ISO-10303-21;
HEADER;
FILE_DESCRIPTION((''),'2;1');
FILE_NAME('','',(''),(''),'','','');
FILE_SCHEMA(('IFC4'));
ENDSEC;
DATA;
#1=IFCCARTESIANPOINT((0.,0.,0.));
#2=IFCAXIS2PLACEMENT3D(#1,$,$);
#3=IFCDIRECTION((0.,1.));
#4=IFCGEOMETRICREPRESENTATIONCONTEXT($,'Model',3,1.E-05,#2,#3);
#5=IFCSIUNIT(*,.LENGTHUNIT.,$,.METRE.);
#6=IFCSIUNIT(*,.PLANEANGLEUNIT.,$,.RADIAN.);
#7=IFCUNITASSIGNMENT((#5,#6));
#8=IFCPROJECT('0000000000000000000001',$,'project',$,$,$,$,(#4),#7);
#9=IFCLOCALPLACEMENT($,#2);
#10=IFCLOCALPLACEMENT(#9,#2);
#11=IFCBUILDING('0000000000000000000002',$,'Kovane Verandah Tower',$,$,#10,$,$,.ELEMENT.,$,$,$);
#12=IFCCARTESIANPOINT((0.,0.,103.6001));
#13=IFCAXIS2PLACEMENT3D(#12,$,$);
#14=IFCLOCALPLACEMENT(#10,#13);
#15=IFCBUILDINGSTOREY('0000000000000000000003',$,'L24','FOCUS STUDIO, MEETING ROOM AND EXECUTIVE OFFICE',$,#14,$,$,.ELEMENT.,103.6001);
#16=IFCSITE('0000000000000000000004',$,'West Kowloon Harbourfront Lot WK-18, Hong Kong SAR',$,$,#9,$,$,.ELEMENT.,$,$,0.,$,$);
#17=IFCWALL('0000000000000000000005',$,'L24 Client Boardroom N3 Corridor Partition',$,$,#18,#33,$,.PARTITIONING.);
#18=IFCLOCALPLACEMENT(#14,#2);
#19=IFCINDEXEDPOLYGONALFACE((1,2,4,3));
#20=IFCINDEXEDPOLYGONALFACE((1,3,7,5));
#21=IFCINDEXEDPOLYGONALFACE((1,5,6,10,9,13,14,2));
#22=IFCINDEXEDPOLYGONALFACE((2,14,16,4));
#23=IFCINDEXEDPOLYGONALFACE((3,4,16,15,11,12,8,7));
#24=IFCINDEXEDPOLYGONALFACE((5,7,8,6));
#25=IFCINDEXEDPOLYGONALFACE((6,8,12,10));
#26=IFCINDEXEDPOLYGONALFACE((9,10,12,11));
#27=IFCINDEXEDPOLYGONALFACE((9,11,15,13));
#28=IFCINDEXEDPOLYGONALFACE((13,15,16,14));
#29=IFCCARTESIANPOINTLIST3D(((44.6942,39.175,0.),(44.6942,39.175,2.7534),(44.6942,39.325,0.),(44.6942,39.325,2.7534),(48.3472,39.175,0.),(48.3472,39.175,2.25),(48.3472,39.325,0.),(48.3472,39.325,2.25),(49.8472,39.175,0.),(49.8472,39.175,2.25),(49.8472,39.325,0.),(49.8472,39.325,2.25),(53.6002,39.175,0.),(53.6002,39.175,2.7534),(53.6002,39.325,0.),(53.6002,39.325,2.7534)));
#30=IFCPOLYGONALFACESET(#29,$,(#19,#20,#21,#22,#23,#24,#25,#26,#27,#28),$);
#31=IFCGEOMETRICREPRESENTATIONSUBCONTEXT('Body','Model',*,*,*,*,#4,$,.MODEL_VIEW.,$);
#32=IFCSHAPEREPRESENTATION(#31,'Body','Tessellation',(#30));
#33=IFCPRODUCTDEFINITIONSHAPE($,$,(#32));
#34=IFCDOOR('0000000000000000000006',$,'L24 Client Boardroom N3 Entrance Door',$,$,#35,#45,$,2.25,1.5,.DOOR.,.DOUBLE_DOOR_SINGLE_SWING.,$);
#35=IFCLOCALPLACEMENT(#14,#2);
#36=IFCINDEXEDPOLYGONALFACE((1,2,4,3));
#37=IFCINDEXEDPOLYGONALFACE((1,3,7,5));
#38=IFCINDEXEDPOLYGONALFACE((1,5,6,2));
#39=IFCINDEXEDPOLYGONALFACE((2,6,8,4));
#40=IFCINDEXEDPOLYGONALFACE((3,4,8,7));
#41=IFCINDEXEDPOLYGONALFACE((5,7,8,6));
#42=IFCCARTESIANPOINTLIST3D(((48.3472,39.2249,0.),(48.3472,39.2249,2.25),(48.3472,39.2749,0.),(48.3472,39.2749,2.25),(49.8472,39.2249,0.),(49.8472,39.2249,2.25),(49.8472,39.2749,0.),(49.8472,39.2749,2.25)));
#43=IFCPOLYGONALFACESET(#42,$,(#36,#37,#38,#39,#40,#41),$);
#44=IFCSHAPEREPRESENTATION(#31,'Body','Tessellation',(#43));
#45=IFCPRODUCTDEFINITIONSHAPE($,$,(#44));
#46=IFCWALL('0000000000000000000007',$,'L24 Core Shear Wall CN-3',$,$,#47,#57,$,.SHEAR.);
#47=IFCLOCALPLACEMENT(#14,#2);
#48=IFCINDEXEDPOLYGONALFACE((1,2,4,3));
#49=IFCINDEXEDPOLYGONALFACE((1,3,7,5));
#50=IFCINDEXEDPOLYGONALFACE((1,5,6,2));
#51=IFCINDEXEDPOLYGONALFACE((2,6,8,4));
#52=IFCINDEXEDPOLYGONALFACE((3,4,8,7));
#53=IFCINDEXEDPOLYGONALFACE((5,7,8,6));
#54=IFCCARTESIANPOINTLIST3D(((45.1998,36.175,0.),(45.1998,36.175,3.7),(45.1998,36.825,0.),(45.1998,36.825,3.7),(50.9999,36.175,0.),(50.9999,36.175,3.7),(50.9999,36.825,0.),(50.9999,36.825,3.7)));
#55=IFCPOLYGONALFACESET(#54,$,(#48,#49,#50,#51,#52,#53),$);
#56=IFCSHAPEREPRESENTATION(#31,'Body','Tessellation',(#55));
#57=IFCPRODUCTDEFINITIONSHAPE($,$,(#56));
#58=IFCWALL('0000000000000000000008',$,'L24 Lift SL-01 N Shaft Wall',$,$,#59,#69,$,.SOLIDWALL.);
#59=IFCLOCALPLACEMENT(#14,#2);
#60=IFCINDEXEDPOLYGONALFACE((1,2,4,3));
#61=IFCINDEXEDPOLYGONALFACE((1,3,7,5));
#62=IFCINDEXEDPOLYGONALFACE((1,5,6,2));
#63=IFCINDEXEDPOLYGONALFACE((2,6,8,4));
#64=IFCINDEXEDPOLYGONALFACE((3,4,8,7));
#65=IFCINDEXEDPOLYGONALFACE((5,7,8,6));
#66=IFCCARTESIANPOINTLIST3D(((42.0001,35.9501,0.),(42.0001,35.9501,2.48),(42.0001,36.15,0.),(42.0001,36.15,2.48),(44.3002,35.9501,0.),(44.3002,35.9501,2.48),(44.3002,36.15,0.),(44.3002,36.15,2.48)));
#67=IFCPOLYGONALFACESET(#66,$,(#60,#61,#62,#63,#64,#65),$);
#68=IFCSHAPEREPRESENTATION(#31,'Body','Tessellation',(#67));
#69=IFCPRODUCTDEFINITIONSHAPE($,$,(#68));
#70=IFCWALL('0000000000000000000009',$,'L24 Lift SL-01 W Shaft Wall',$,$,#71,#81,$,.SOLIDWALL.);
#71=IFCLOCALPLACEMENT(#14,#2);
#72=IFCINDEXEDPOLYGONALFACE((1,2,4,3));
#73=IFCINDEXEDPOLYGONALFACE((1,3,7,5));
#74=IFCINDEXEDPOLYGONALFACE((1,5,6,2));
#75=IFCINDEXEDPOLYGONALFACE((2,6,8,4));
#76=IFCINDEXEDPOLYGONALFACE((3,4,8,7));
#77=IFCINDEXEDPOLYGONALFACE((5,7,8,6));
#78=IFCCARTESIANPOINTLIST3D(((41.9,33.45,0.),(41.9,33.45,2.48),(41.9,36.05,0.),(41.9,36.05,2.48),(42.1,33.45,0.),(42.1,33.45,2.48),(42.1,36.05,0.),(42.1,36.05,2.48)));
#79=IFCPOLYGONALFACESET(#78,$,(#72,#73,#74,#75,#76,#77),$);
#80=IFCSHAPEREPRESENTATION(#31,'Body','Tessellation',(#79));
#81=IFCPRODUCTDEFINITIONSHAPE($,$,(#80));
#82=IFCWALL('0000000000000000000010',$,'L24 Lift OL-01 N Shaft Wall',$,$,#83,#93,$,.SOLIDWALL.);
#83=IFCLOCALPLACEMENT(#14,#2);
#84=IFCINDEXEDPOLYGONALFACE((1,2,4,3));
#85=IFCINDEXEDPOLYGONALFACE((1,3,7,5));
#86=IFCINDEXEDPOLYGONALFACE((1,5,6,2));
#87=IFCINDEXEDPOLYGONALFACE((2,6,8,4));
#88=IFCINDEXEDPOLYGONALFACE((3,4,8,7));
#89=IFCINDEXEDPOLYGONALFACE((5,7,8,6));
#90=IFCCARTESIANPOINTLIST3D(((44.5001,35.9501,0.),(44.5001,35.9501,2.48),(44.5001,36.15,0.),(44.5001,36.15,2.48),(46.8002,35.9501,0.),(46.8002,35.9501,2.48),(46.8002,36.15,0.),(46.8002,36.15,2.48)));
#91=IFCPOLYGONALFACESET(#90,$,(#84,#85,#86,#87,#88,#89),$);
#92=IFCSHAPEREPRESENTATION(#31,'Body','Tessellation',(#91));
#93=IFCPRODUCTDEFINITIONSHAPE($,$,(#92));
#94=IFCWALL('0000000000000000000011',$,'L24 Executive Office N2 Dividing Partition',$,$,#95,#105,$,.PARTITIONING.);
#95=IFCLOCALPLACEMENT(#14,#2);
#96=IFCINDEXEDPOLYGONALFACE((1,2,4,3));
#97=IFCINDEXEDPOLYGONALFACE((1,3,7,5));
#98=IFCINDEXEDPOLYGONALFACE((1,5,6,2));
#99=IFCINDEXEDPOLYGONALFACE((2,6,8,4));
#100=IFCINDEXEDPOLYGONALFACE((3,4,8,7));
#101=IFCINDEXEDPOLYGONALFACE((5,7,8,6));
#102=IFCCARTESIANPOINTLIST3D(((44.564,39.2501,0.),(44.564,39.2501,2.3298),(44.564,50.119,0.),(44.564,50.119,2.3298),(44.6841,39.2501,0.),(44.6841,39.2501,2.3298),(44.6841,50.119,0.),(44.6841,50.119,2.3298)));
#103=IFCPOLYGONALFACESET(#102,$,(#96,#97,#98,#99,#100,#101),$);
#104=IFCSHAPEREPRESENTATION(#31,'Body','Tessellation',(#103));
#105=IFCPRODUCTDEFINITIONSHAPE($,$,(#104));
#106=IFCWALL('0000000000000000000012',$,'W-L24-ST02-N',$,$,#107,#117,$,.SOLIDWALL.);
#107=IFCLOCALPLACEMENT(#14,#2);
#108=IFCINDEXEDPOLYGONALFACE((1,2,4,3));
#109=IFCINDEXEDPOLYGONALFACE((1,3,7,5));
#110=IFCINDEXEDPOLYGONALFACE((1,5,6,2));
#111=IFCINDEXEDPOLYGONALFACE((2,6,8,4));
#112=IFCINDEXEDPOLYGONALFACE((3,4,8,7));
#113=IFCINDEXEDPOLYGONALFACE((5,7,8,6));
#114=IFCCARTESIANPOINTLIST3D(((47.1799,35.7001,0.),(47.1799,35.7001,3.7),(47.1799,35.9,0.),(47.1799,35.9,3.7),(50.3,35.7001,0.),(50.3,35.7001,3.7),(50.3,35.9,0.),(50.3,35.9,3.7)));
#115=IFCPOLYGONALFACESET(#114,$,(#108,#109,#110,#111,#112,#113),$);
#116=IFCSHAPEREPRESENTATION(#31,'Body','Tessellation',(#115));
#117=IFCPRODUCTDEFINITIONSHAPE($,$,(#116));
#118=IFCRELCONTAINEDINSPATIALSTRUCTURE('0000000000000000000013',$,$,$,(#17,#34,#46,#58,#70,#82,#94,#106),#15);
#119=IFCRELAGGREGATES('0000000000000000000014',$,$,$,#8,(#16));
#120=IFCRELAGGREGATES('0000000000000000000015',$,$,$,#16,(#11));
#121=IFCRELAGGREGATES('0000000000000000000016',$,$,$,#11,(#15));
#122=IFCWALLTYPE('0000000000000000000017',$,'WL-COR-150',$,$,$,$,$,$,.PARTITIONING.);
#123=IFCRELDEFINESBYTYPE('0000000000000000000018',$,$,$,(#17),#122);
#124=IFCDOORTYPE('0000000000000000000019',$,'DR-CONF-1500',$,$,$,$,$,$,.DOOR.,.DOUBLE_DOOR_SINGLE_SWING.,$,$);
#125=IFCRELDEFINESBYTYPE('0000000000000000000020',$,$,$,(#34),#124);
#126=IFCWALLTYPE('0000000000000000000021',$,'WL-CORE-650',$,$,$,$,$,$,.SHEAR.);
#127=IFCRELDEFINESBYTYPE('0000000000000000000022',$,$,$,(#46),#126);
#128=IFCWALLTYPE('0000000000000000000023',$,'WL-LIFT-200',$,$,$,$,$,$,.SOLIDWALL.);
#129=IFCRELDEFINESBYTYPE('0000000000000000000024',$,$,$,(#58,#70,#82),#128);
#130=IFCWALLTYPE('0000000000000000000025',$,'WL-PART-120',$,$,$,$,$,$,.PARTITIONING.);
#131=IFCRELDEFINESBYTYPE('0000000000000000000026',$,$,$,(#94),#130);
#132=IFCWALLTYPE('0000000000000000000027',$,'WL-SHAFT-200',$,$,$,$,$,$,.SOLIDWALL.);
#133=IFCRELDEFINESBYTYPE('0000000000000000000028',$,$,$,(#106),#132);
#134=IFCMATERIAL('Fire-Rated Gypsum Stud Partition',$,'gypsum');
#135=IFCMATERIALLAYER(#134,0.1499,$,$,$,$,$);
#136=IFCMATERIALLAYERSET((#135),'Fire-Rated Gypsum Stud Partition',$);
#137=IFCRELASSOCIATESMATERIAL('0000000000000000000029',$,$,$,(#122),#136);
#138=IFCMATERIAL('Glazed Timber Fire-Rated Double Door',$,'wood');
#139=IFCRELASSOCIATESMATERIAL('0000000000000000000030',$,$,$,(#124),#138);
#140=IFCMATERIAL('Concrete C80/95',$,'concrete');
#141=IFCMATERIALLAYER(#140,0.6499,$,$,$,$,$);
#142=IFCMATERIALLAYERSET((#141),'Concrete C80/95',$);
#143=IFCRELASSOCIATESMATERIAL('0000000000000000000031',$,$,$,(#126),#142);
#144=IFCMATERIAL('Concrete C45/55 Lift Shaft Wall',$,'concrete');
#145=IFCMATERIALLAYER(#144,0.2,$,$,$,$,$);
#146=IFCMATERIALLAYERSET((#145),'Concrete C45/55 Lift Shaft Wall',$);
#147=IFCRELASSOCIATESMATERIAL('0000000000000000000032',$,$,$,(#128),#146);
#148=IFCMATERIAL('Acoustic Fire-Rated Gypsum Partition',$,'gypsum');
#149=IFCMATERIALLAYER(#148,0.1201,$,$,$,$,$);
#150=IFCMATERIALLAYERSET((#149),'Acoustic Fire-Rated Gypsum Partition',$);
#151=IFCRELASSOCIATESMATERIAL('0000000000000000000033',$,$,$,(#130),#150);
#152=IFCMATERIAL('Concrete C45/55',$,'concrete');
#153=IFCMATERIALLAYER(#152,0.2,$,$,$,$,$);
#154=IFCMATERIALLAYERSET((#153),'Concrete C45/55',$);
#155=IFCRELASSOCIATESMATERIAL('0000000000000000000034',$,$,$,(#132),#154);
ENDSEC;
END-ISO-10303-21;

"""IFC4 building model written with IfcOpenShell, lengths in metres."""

from ifc_helpers import new_model, si_unit, direction, frame, frame_2d, origin, place, context, subcontext, project, spatial, rectangle, extrude, material, layer, layer_set, type_object, element, fill, save


model = new_model("IFC4")

# Units and contexts
model_context = context("Model", 3, precision=1e-05, world=origin(), true_north=direction((0.0, 1.0)))
body_context = subcontext(model_context, "Body", "Model", "MODEL_VIEW")
ifc_project = project(units=[si_unit("LENGTHUNIT", "METRE"), si_unit("PLANEANGLEUNIT", "RADIAN")], contexts=[model_context])

# Site, building, storey
site_placement = place(None, origin())
site = spatial("IfcSite", under=ifc_project, at=site_placement, Name="West Kowloon Harbourfront Lot WK-18, Hong Kong SAR", CompositionType="ELEMENT", RefElevation=0.0)
building_placement = place(site_placement, origin())
building = spatial("IfcBuilding", under=site, at=building_placement, Name="Kovane Verandah Tower", CompositionType="ELEMENT")
storey_placement = place(building_placement, frame((0.0, 0.0, 103.6001)))
storey = spatial("IfcBuildingStorey", under=building, at=storey_placement, Name="L24", Description="FOCUS STUDIO, MEETING ROOM AND EXECUTIVE OFFICE", CompositionType="ELEMENT", Elevation=103.6001)

# Shared definitions
ifc_material_1 = material(Name="Concrete C80/95", Category="concrete")

# Wall, opening, door
ifc_material_2 = material(Name="Fire-Rated Gypsum Stud Partition", Category="gypsum")
ifc_layer_1 = layer(ifc_material_2, 0.1499)
ifc_layer_set_1 = layer_set([ifc_layer_1], Name="Fire-Rated Gypsum Stud Partition")
wall_type_1 = type_object("IfcWallType", Name="WL-COR-150", PredefinedType="PARTITIONING", material=ifc_layer_set_1)
wall_1_placement = place(storey_placement, frame((44.6941, 39.25, 0.0), z_axis=(0.0, 0.0, 1.0), x_axis=(1.0, 0.0, 0.0)))
wall_1 = element("IfcWall", 1, at=wall_1_placement, inside=storey, type_object=wall_type_1, Name="L24 Client Boardroom N3 Corridor Partition", PredefinedType="PARTITIONING", context=body_context, shape_type="SweptSolid", body=[
    extrude(rectangle(XDim=8.906, YDim=0.1499, at=frame_2d((4.4531, 0.0))), origin(), (0.0, 0.0, 1.0), 2.7534),
])
opening_1_placement = place(wall_1_placement, frame((3.6531, 0.0, 0.0)))
opening_1 = element("IfcOpeningElement", 2, at=opening_1_placement, cuts=wall_1, PredefinedType="OPENING", context=body_context, shape_type="SweptSolid", body=[
    extrude(rectangle(XDim=1.5, YDim=2.25, at=frame_2d((0.75, 1.125))), frame((0.0, 0.075, 0.0), z_axis=(0.0, -1.0, 0.0), x_axis=(1.0, 0.0, 0.0)), (0.0, 0.0, 1.0), 0.1499),
])
ifc_material_3 = material(Name="Glazed Timber Fire-Rated Double Door", Category="wood")
door_type_1 = type_object("IfcDoorType", Name="DR-CONF-1500", OperationType="DOUBLE_DOOR_SINGLE_SWING", PredefinedType="DOOR", material=ifc_material_3)
door_1_placement = place(opening_1_placement, origin())
door_1 = element("IfcDoor", 3, at=door_1_placement, inside=storey, type_object=door_type_1, Name="L24 Client Boardroom N3 Entrance Door", OperationType="DOUBLE_DOOR_SINGLE_SWING", OverallHeight=2.25, OverallWidth=1.5, PredefinedType="DOOR", context=body_context, shape_type="SweptSolid", body=[
    extrude(rectangle(XDim=1.5, YDim=2.25, at=frame_2d((0.75, 1.125))), frame((0.0, 0.0249, 0.0), z_axis=(0.0, -1.0, 0.0), x_axis=(1.0, 0.0, 0.0)), (0.0, 0.0, 1.0), 0.05),
])
fill(opening_1, door_1)
ifc_layer_2 = layer(ifc_material_1, 0.6499)
ifc_layer_set_2 = layer_set([ifc_layer_2], Name="Concrete C80/95")
wall_type_2 = type_object("IfcWallType", Name="WL-CORE-650", PredefinedType="SHEAR", material=ifc_layer_set_2)

# Walls
wall_2_placement = place(storey_placement, frame((45.2, 36.5, 0.0), z_axis=(0.0, 0.0, 1.0), x_axis=(1.0, 0.0, 0.0)))
element("IfcWall", 4, at=wall_2_placement, inside=storey, type_object=wall_type_2, Name="L24 Core Shear Wall CN-3", PredefinedType="SHEAR", context=body_context, shape_type="SweptSolid", body=[
    extrude(rectangle(XDim=5.8, YDim=0.6499, at=frame_2d((2.8999, 0.0))), origin(), (0.0, 0.0, 1.0), 3.7),
])
ifc_material_4 = material(Name="Concrete C45/55 Lift Shaft Wall", Category="concrete")
ifc_layer_3 = layer(ifc_material_4, 0.2)
ifc_layer_set_3 = layer_set([ifc_layer_3], Name="Concrete C45/55 Lift Shaft Wall")
wall_type_3 = type_object("IfcWallType", Name="WL-LIFT-200", PredefinedType="SOLIDWALL", material=ifc_layer_set_3)
wall_3_placement = place(storey_placement, frame((44.3, 36.05, 0.0), z_axis=(0.0, 0.0, 1.0), x_axis=(-1.0, 0.0, 0.0)))
element("IfcWall", 5, at=wall_3_placement, inside=storey, type_object=wall_type_3, Name="L24 Lift SL-01 N Shaft Wall", PredefinedType="SOLIDWALL", context=body_context, shape_type="SweptSolid", body=[
    extrude(rectangle(XDim=2.3, YDim=0.2, at=frame_2d((1.1499, 0.0))), origin(), (0.0, 0.0, 1.0), 2.48),
])
wall_4_placement = place(storey_placement, frame((42.0, 36.05, 0.0), z_axis=(0.0, 0.0, 1.0), x_axis=(0.0, -1.0, 0.0)))
element("IfcWall", 6, at=wall_4_placement, inside=storey, type_object=wall_type_3, Name="L24 Lift SL-01 W Shaft Wall", PredefinedType="SOLIDWALL", context=body_context, shape_type="SweptSolid", body=[
    extrude(rectangle(XDim=2.6001, YDim=0.2, at=frame_2d((1.3, 0.0))), origin(), (0.0, 0.0, 1.0), 2.48),
])
wall_5_placement = place(storey_placement, frame((46.8, 36.05, 0.0), z_axis=(0.0, 0.0, 1.0), x_axis=(-1.0, 0.0, 0.0)))
element("IfcWall", 7, at=wall_5_placement, inside=storey, type_object=wall_type_3, Name="L24 Lift OL-01 N Shaft Wall", PredefinedType="SOLIDWALL", context=body_context, shape_type="SweptSolid", body=[
    extrude(rectangle(XDim=2.3, YDim=0.2, at=frame_2d((1.1499, 0.0))), origin(), (0.0, 0.0, 1.0), 2.48),
])
ifc_material_5 = material(Name="Acoustic Fire-Rated Gypsum Partition", Category="gypsum")
ifc_layer_4 = layer(ifc_material_5, 0.1201)
ifc_layer_set_4 = layer_set([ifc_layer_4], Name="Acoustic Fire-Rated Gypsum Partition")
wall_type_4 = type_object("IfcWallType", Name="WL-PART-120", PredefinedType="PARTITIONING", material=ifc_layer_set_4)
wall_6_placement = place(storey_placement, frame((44.624, 39.25, 0.0), z_axis=(0.0, 0.0, 1.0), x_axis=(0.0, 1.0, 0.0)))
element("IfcWall", 8, at=wall_6_placement, inside=storey, type_object=wall_type_4, Name="L24 Executive Office N2 Dividing Partition", PredefinedType="PARTITIONING", context=body_context, shape_type="SweptSolid", body=[
    extrude(rectangle(XDim=10.8689, YDim=0.1201, at=frame_2d((5.4346, 0.0))), origin(), (0.0, 0.0, 1.0), 2.3298),
])
ifc_material_6 = material(Name="Concrete C45/55", Category="concrete")
ifc_layer_5 = layer(ifc_material_6, 0.2)
ifc_layer_set_5 = layer_set([ifc_layer_5], Name="Concrete C45/55")
wall_type_5 = type_object("IfcWallType", Name="WL-SHAFT-200", PredefinedType="SOLIDWALL", material=ifc_layer_set_5)
wall_7_placement = place(storey_placement, frame((47.1799, 35.8, 0.0), z_axis=(0.0, 0.0, 1.0), x_axis=(1.0, 0.0, 0.0)))
element("IfcWall", 9, at=wall_7_placement, inside=storey, type_object=wall_type_5, Name="W-L24-ST02-N", PredefinedType="SOLIDWALL", context=body_context, shape_type="SweptSolid", body=[
    extrude(rectangle(XDim=3.1201, YDim=0.2, at=frame_2d((1.5601, 0.0))), origin(), (0.0, 0.0, 1.0), 3.7),
])

save(model, "model.ifc")
